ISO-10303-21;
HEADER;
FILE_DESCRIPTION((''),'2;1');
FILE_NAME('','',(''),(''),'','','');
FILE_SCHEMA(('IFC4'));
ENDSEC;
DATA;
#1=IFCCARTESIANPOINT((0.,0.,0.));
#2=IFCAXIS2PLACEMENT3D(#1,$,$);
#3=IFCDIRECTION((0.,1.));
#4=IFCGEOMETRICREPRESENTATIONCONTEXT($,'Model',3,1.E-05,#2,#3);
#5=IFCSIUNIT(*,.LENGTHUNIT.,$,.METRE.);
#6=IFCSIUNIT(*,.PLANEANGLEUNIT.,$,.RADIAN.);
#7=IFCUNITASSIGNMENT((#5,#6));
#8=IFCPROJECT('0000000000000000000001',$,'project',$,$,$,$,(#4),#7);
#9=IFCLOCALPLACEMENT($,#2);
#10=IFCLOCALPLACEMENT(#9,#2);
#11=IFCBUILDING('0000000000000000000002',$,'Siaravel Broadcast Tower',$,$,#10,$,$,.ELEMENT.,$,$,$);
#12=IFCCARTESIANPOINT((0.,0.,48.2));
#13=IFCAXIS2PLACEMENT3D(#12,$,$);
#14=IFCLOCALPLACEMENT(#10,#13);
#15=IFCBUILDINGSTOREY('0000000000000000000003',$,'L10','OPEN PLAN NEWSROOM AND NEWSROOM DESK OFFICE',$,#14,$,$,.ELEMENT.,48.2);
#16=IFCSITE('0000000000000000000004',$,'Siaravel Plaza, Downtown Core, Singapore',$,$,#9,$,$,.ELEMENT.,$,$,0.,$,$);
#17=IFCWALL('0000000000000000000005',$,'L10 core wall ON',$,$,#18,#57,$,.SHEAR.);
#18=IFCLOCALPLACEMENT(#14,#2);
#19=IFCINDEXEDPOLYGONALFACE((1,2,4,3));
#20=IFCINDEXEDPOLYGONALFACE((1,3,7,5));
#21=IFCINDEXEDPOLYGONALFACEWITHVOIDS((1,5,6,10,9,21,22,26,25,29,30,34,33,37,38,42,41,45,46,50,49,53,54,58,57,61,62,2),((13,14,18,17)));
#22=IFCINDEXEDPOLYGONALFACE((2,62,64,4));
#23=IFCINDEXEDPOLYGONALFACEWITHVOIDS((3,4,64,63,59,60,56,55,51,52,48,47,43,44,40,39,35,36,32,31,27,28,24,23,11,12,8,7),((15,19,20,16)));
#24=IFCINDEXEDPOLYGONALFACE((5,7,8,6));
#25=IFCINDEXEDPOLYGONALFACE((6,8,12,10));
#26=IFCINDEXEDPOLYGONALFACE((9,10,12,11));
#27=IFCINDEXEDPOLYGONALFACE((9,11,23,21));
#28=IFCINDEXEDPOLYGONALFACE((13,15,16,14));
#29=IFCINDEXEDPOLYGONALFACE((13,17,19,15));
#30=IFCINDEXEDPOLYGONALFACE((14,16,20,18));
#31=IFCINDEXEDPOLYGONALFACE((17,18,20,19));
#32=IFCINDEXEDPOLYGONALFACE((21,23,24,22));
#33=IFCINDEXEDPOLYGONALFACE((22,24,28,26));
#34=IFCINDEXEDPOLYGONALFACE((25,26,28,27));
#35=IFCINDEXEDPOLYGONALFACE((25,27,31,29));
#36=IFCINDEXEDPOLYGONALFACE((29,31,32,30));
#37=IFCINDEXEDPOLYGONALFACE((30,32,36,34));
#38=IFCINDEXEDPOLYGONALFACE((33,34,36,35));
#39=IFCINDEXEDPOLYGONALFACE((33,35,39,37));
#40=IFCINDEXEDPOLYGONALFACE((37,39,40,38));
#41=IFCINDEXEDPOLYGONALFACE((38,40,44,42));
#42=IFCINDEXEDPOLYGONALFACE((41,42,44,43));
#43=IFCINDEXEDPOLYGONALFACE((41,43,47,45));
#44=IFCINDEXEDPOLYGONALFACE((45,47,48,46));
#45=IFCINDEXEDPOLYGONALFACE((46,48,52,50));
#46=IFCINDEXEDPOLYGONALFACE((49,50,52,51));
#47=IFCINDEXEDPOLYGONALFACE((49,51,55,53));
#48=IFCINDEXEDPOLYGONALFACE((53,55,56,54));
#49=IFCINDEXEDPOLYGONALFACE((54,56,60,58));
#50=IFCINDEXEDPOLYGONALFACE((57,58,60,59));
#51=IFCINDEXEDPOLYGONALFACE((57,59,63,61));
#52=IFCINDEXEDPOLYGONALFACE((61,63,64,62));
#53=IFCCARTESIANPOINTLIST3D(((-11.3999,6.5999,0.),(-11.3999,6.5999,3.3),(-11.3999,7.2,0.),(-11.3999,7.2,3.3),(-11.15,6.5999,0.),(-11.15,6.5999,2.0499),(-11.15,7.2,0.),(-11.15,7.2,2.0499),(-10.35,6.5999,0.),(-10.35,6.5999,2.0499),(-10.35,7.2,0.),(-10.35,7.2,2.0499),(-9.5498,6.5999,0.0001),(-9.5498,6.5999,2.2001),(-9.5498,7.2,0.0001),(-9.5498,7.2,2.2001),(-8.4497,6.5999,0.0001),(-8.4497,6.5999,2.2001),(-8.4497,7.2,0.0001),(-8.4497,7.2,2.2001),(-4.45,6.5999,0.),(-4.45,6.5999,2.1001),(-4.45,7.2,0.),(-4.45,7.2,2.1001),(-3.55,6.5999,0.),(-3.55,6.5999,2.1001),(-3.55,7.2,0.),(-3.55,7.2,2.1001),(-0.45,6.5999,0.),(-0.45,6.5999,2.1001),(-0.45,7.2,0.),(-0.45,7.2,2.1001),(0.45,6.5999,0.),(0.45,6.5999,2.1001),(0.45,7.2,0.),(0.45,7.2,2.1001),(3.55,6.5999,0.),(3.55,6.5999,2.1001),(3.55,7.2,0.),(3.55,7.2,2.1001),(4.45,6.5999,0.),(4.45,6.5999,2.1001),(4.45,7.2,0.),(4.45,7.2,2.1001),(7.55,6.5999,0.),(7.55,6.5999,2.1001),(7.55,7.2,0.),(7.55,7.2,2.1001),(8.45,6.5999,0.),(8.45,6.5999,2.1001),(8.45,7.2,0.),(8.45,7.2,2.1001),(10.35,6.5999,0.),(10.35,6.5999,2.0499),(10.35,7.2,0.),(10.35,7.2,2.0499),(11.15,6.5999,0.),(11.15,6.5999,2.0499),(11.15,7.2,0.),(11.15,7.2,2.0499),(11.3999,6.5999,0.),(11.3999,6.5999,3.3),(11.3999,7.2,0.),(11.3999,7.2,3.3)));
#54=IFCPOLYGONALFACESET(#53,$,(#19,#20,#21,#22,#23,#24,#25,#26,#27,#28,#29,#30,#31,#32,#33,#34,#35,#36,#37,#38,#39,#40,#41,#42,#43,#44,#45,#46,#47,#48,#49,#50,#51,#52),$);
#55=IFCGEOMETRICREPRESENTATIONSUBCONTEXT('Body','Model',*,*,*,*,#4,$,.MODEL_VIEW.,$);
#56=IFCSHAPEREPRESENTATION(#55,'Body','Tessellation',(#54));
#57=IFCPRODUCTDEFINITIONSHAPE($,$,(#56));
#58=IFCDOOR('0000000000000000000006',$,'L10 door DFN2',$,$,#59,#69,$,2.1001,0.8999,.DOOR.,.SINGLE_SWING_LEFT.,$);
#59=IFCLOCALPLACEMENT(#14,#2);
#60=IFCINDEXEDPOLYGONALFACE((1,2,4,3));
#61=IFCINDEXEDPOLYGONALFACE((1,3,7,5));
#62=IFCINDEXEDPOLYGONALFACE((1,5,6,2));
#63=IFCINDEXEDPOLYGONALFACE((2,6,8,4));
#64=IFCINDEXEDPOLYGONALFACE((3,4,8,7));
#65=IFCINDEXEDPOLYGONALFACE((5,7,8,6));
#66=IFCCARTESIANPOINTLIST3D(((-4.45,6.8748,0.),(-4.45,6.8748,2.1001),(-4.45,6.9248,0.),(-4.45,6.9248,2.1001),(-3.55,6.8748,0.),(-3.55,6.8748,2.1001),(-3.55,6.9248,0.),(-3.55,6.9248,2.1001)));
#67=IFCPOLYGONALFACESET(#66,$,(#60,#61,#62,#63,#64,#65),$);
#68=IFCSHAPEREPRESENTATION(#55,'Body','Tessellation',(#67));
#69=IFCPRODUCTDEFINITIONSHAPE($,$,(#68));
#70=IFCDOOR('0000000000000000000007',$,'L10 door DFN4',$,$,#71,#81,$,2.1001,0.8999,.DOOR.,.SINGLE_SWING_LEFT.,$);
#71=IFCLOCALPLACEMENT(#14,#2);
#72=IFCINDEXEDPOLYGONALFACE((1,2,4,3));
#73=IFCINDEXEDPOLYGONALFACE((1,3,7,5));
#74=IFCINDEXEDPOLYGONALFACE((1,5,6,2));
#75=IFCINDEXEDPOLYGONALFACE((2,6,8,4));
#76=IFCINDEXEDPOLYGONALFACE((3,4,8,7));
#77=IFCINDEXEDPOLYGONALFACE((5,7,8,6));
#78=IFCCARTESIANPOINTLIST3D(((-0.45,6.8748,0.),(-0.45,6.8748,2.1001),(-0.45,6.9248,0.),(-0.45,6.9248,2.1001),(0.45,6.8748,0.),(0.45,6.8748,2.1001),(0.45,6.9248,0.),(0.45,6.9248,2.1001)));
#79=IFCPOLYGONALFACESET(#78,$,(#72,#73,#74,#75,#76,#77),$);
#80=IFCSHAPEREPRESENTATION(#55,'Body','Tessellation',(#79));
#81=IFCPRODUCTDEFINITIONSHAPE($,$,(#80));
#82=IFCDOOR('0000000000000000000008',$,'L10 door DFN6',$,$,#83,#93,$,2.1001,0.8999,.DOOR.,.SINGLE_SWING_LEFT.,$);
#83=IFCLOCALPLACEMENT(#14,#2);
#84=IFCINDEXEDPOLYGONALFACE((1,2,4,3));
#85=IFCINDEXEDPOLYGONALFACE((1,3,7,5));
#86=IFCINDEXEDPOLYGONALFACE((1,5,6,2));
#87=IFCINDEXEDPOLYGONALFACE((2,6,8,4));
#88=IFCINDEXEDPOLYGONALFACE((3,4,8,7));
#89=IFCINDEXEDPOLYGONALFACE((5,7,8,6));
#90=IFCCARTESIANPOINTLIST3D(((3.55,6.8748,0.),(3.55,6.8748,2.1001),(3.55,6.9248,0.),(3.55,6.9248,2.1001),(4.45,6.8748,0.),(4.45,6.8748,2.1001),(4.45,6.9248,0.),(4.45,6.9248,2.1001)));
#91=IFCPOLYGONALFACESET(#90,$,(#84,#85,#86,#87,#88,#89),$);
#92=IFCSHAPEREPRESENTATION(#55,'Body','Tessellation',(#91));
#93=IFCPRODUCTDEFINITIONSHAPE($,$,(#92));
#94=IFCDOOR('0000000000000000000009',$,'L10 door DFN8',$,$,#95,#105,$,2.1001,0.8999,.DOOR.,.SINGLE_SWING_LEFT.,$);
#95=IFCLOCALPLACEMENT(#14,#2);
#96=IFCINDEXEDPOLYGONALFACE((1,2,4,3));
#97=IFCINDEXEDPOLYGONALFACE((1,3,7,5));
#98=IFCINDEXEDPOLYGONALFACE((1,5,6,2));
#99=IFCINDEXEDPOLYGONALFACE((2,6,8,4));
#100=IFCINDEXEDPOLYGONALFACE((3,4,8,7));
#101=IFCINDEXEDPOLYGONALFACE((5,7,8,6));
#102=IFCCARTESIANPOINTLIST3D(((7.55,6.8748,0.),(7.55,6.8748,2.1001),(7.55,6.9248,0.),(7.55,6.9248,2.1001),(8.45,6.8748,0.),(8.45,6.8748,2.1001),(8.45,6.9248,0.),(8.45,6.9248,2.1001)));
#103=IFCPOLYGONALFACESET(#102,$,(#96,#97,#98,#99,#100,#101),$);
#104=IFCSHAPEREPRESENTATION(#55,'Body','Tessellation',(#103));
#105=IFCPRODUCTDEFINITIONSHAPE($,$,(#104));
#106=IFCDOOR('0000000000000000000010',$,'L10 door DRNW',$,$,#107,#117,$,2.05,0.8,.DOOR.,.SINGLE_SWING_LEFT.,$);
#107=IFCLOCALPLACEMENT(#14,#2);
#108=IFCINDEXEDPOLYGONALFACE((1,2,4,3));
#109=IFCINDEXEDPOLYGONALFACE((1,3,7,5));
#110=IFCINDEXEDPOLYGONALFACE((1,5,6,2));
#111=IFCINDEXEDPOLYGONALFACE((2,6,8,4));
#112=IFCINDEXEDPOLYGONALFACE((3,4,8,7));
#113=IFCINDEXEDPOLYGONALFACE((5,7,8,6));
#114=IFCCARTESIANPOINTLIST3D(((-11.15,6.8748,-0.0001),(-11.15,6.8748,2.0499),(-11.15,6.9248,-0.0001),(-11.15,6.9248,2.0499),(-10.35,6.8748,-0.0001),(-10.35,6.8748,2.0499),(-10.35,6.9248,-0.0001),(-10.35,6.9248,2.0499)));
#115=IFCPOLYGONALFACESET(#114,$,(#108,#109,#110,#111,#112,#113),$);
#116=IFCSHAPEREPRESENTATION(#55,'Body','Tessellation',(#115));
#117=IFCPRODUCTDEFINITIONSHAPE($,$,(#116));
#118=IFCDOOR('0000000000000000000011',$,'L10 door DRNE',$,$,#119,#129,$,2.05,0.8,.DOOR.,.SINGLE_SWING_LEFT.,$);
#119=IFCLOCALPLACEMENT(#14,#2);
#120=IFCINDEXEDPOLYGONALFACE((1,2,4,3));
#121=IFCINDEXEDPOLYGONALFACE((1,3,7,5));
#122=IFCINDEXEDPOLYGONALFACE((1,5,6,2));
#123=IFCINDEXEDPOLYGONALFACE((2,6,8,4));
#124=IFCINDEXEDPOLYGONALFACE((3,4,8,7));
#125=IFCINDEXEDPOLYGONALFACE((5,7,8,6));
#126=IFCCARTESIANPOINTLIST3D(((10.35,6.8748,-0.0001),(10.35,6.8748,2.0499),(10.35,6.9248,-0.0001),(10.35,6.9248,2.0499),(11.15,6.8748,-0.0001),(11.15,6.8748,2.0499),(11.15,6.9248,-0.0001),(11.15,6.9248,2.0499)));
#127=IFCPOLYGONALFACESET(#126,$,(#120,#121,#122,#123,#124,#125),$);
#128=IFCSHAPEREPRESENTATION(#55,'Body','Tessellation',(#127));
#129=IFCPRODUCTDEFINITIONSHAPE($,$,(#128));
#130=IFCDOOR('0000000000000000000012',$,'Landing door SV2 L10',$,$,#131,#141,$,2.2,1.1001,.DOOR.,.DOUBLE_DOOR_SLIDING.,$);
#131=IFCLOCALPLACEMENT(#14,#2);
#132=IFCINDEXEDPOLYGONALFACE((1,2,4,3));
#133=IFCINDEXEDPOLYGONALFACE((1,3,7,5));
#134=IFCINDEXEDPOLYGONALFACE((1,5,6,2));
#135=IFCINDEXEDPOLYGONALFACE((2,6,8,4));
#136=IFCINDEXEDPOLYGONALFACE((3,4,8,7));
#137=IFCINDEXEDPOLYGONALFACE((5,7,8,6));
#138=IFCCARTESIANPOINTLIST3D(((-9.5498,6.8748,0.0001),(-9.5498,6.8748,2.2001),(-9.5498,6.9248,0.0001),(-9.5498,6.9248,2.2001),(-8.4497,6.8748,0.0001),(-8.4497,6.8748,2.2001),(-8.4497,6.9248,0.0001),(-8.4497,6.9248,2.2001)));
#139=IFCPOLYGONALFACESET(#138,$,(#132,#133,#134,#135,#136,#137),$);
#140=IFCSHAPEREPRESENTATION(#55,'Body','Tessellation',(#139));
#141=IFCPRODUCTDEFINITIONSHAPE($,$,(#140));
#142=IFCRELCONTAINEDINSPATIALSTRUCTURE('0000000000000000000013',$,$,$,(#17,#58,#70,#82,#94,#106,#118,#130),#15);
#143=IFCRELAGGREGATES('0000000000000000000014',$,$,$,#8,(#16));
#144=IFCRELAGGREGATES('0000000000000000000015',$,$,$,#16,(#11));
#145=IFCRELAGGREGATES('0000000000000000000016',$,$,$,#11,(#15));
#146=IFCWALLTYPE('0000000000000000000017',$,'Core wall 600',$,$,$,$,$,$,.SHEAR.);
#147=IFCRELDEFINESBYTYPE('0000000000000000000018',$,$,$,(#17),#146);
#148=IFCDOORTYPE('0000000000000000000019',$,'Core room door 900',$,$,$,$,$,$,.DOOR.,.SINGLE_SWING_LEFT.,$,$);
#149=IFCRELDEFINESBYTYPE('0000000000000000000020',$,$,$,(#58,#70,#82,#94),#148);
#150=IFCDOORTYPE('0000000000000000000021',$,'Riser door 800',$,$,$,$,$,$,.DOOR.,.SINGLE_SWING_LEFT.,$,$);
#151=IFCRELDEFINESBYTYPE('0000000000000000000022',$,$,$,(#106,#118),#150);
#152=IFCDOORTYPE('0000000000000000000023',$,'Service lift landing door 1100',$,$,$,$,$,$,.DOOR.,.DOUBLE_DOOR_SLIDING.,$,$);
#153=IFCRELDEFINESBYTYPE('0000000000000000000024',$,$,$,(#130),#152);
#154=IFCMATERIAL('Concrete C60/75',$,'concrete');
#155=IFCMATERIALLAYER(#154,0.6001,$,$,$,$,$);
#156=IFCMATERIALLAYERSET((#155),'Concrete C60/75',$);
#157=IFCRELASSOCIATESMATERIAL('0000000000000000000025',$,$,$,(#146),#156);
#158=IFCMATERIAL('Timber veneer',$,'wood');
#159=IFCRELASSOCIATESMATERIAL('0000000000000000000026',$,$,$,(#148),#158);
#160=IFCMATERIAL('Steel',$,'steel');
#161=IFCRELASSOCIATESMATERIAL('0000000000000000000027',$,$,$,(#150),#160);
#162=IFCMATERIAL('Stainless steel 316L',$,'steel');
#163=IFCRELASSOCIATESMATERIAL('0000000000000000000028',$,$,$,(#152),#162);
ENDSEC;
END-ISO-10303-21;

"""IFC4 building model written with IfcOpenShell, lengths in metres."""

from ifc_helpers import new_model, si_unit, direction, frame, frame_2d, origin, place, context, subcontext, project, spatial, rectangle, extrude, material, layer, layer_set, type_object, element, fill, save


model = new_model("IFC4")

# Units and contexts
model_context = context("Model", 3, precision=1e-05, world=origin(), true_north=direction((0.0, 1.0)))
body_context = subcontext(model_context, "Body", "Model", "MODEL_VIEW")
ifc_project = project(units=[si_unit("LENGTHUNIT", "METRE"), si_unit("PLANEANGLEUNIT", "RADIAN")], contexts=[model_context])

# Site, building, storey
site_placement = place(None, origin())
site = spatial("IfcSite", under=ifc_project, at=site_placement, Name="Siaravel Plaza, Downtown Core, Singapore", CompositionType="ELEMENT", RefElevation=0.0)
building_placement = place(site_placement, origin())
building = spatial("IfcBuilding", under=site, at=building_placement, Name="Siaravel Broadcast Tower", CompositionType="ELEMENT")
storey_placement = place(building_placement, frame((0.0, 0.0, 48.2)))
storey = spatial("IfcBuildingStorey", under=building, at=storey_placement, Name="L10", Description="OPEN PLAN NEWSROOM AND NEWSROOM DESK OFFICE", CompositionType="ELEMENT", Elevation=48.2)

# Wall, openings, doors
ifc_material_1 = material(Name="Concrete C60/75", Category="concrete")
ifc_layer_1 = layer(ifc_material_1, 0.6001)
ifc_layer_set_1 = layer_set([ifc_layer_1], Name="Concrete C60/75")
wall_type_1 = type_object("IfcWallType", Name="Core wall 600", PredefinedType="SHEAR", material=ifc_layer_set_1)
wall_1_placement = place(storey_placement, frame((-11.3999, 6.8999, 0.0), z_axis=(0.0, 0.0, 1.0), x_axis=(1.0, 0.0, 0.0)))
wall_1 = element("IfcWall", 1, at=wall_1_placement, inside=storey, type_object=wall_type_1, Name="L10 core wall ON", PredefinedType="SHEAR", context=body_context, shape_type="SweptSolid", body=[
    extrude(rectangle(XDim=22.7998, YDim=0.6001, at=frame_2d((11.3999, 0.0))), origin(), (0.0, 0.0, 1.0), 3.3),
])
opening_1_placement = place(wall_1_placement, frame((1.8501, 0.0, 0.0)))
opening_1 = element("IfcOpeningElement", 2, at=opening_1_placement, cuts=wall_1, PredefinedType="OPENING", context=body_context, shape_type="SweptSolid", body=[
    extrude(rectangle(XDim=1.1001, YDim=2.2, at=frame_2d((0.55, 1.1001))), frame((0.0, 0.3101, 0.0), z_axis=(0.0, -1.0, 0.0), x_axis=(1.0, 0.0, 0.0)), (0.0, 0.0, 1.0), 0.6201),
])
opening_2_placement = place(wall_1_placement, frame((6.95, 0.0, 0.0)))
opening_2 = element("IfcOpeningElement", 3, at=opening_2_placement, cuts=wall_1, PredefinedType="OPENING", context=body_context, shape_type="SweptSolid", body=[
    extrude(rectangle(XDim=0.8999, YDim=2.1001, at=frame_2d((0.45, 1.05))), frame((0.0, 0.3101, 0.0), z_axis=(0.0, -1.0, 0.0), x_axis=(1.0, 0.0, 0.0)), (0.0, 0.0, 1.0), 0.6201),
])
opening_3_placement = place(wall_1_placement, frame((10.95, 0.0, 0.0)))
opening_3 = element("IfcOpeningElement", 4, at=opening_3_placement, cuts=wall_1, PredefinedType="OPENING", context=body_context, shape_type="SweptSolid", body=[
    extrude(rectangle(XDim=0.8999, YDim=2.1001, at=frame_2d((0.45, 1.05))), frame((0.0, 0.3101, 0.0), z_axis=(0.0, -1.0, 0.0), x_axis=(1.0, 0.0, 0.0)), (0.0, 0.0, 1.0), 0.6201),
])
opening_4_placement = place(wall_1_placement, frame((14.95, 0.0, 0.0)))
opening_4 = element("IfcOpeningElement", 5, at=opening_4_placement, cuts=wall_1, PredefinedType="OPENING", context=body_context, shape_type="SweptSolid", body=[
    extrude(rectangle(XDim=0.8999, YDim=2.1001, at=frame_2d((0.45, 1.05))), frame((0.0, 0.3101, 0.0), z_axis=(0.0, -1.0, 0.0), x_axis=(1.0, 0.0, 0.0)), (0.0, 0.0, 1.0), 0.6201),
])
opening_5_placement = place(wall_1_placement, frame((18.95, 0.0, 0.0)))
opening_5 = element("IfcOpeningElement", 6, at=opening_5_placement, cuts=wall_1, PredefinedType="OPENING", context=body_context, shape_type="SweptSolid", body=[
    extrude(rectangle(XDim=0.8999, YDim=2.1001, at=frame_2d((0.45, 1.05))), frame((0.0, 0.3101, 0.0), z_axis=(0.0, -1.0, 0.0), x_axis=(1.0, 0.0, 0.0)), (0.0, 0.0, 1.0), 0.6201),
])
opening_6_placement = place(wall_1_placement, frame((0.25, 0.0, 0.0)))
opening_6 = element("IfcOpeningElement", 7, at=opening_6_placement, cuts=wall_1, PredefinedType="OPENING", context=body_context, shape_type="SweptSolid", body=[
    extrude(rectangle(XDim=0.8, YDim=2.05, at=frame_2d((0.3999, 1.0249))), frame((0.0, 0.3101, 0.0), z_axis=(0.0, -1.0, 0.0), x_axis=(1.0, 0.0, 0.0)), (0.0, 0.0, 1.0), 0.6201),
])
opening_7_placement = place(wall_1_placement, frame((21.75, 0.0, 0.0)))
opening_7 = element("IfcOpeningElement", 8, at=opening_7_placement, cuts=wall_1, PredefinedType="OPENING", context=body_context, shape_type="SweptSolid", body=[
    extrude(rectangle(XDim=0.8, YDim=2.05, at=frame_2d((0.3999, 1.0249))), frame((0.0, 0.3101, 0.0), z_axis=(0.0, -1.0, 0.0), x_axis=(1.0, 0.0, 0.0)), (0.0, 0.0, 1.0), 0.6201),
])
ifc_material_2 = material(Name="Timber veneer", Category="wood")
door_type_1 = type_object("IfcDoorType", Name="Core room door 900", OperationType="SINGLE_SWING_LEFT", PredefinedType="DOOR", material=ifc_material_2)
door_1_placement = place(opening_2_placement, origin())
door_1 = element("IfcDoor", 9, at=door_1_placement, inside=storey, type_object=door_type_1, Name="L10 door DFN2", OperationType="SINGLE_SWING_LEFT", OverallHeight=2.1001, OverallWidth=0.8999, PredefinedType="DOOR", context=body_context, shape_type="SweptSolid", body=[
    extrude(rectangle(XDim=0.8999, YDim=2.1001, at=frame_2d((0.45, 1.05))), frame((0.0, 0.0249, 0.0), z_axis=(0.0, -1.0, 0.0), x_axis=(1.0, 0.0, 0.0)), (0.0, 0.0, 1.0), 0.05),
])
fill(opening_2, door_1)
door_2_placement = place(opening_3_placement, origin())
door_2 = element("IfcDoor", 10, at=door_2_placement, inside=storey, type_object=door_type_1, Name="L10 door DFN4", OperationType="SINGLE_SWING_LEFT", OverallHeight=2.1001, OverallWidth=0.8999, PredefinedType="DOOR", context=body_context, shape_type="SweptSolid", body=[
    extrude(rectangle(XDim=0.8999, YDim=2.1001, at=frame_2d((0.45, 1.05))), frame((0.0, 0.0249, 0.0), z_axis=(0.0, -1.0, 0.0), x_axis=(1.0, 0.0, 0.0)), (0.0, 0.0, 1.0), 0.05),
])
fill(opening_3, door_2)
door_3_placement = place(opening_4_placement, origin())
door_3 = element("IfcDoor", 11, at=door_3_placement, inside=storey, type_object=door_type_1, Name="L10 door DFN6", OperationType="SINGLE_SWING_LEFT", OverallHeight=2.1001, OverallWidth=0.8999, PredefinedType="DOOR", context=body_context, shape_type="SweptSolid", body=[
    extrude(rectangle(XDim=0.8999, YDim=2.1001, at=frame_2d((0.45, 1.05))), frame((0.0, 0.0249, 0.0), z_axis=(0.0, -1.0, 0.0), x_axis=(1.0, 0.0, 0.0)), (0.0, 0.0, 1.0), 0.05),
])
fill(opening_4, door_3)
door_4_placement = place(opening_5_placement, origin())
door_4 = element("IfcDoor", 12, at=door_4_placement, inside=storey, type_object=door_type_1, Name="L10 door DFN8", OperationType="SINGLE_SWING_LEFT", OverallHeight=2.1001, OverallWidth=0.8999, PredefinedType="DOOR", context=body_context, shape_type="SweptSolid", body=[
    extrude(rectangle(XDim=0.8999, YDim=2.1001, at=frame_2d((0.45, 1.05))), frame((0.0, 0.0249, 0.0), z_axis=(0.0, -1.0, 0.0), x_axis=(1.0, 0.0, 0.0)), (0.0, 0.0, 1.0), 0.05),
])
fill(opening_5, door_4)
ifc_material_3 = material(Name="Steel", Category="steel")
door_type_2 = type_object("IfcDoorType", Name="Riser door 800", OperationType="SINGLE_SWING_LEFT", PredefinedType="DOOR", material=ifc_material_3)
door_5_placement = place(opening_6_placement, origin())
door_5 = element("IfcDoor", 13, at=door_5_placement, inside=storey, type_object=door_type_2, Name="L10 door DRNW", OperationType="SINGLE_SWING_LEFT", OverallHeight=2.05, OverallWidth=0.8, PredefinedType="DOOR", context=body_context, shape_type="SweptSolid", body=[
    extrude(rectangle(XDim=0.8, YDim=2.05, at=frame_2d((0.3999, 1.0249))), frame((0.0, 0.0249, 0.0), z_axis=(0.0, -1.0, 0.0), x_axis=(1.0, 0.0, 0.0)), (0.0, 0.0, 1.0), 0.05),
])
fill(opening_6, door_5)
door_6_placement = place(opening_7_placement, origin())
door_6 = element("IfcDoor", 14, at=door_6_placement, inside=storey, type_object=door_type_2, Name="L10 door DRNE", OperationType="SINGLE_SWING_LEFT", OverallHeight=2.05, OverallWidth=0.8, PredefinedType="DOOR", context=body_context, shape_type="SweptSolid", body=[
    extrude(rectangle(XDim=0.8, YDim=2.05, at=frame_2d((0.3999, 1.0249))), frame((0.0, 0.0249, 0.0), z_axis=(0.0, -1.0, 0.0), x_axis=(1.0, 0.0, 0.0)), (0.0, 0.0, 1.0), 0.05),
])
fill(opening_7, door_6)
ifc_material_4 = material(Name="Stainless steel 316L", Category="steel")
door_type_3 = type_object("IfcDoorType", Name="Service lift landing door 1100", OperationType="DOUBLE_DOOR_SLIDING", PredefinedType="DOOR", material=ifc_material_4)
door_7_placement = place(opening_1_placement, origin())
door_7 = element("IfcDoor", 15, at=door_7_placement, inside=storey, type_object=door_type_3, Name="Landing door SV2 L10", OperationType="DOUBLE_DOOR_SLIDING", OverallHeight=2.2, OverallWidth=1.1001, PredefinedType="DOOR", context=body_context, shape_type="SweptSolid", body=[
    extrude(rectangle(XDim=1.1001, YDim=2.2, at=frame_2d((0.55, 1.1001))), frame((0.0, 0.0249, 0.0), z_axis=(0.0, -1.0, 0.0), x_axis=(1.0, 0.0, 0.0)), (0.0, 0.0, 1.0), 0.05),
])
fill(opening_1, door_7)

save(model, "model.ifc")
